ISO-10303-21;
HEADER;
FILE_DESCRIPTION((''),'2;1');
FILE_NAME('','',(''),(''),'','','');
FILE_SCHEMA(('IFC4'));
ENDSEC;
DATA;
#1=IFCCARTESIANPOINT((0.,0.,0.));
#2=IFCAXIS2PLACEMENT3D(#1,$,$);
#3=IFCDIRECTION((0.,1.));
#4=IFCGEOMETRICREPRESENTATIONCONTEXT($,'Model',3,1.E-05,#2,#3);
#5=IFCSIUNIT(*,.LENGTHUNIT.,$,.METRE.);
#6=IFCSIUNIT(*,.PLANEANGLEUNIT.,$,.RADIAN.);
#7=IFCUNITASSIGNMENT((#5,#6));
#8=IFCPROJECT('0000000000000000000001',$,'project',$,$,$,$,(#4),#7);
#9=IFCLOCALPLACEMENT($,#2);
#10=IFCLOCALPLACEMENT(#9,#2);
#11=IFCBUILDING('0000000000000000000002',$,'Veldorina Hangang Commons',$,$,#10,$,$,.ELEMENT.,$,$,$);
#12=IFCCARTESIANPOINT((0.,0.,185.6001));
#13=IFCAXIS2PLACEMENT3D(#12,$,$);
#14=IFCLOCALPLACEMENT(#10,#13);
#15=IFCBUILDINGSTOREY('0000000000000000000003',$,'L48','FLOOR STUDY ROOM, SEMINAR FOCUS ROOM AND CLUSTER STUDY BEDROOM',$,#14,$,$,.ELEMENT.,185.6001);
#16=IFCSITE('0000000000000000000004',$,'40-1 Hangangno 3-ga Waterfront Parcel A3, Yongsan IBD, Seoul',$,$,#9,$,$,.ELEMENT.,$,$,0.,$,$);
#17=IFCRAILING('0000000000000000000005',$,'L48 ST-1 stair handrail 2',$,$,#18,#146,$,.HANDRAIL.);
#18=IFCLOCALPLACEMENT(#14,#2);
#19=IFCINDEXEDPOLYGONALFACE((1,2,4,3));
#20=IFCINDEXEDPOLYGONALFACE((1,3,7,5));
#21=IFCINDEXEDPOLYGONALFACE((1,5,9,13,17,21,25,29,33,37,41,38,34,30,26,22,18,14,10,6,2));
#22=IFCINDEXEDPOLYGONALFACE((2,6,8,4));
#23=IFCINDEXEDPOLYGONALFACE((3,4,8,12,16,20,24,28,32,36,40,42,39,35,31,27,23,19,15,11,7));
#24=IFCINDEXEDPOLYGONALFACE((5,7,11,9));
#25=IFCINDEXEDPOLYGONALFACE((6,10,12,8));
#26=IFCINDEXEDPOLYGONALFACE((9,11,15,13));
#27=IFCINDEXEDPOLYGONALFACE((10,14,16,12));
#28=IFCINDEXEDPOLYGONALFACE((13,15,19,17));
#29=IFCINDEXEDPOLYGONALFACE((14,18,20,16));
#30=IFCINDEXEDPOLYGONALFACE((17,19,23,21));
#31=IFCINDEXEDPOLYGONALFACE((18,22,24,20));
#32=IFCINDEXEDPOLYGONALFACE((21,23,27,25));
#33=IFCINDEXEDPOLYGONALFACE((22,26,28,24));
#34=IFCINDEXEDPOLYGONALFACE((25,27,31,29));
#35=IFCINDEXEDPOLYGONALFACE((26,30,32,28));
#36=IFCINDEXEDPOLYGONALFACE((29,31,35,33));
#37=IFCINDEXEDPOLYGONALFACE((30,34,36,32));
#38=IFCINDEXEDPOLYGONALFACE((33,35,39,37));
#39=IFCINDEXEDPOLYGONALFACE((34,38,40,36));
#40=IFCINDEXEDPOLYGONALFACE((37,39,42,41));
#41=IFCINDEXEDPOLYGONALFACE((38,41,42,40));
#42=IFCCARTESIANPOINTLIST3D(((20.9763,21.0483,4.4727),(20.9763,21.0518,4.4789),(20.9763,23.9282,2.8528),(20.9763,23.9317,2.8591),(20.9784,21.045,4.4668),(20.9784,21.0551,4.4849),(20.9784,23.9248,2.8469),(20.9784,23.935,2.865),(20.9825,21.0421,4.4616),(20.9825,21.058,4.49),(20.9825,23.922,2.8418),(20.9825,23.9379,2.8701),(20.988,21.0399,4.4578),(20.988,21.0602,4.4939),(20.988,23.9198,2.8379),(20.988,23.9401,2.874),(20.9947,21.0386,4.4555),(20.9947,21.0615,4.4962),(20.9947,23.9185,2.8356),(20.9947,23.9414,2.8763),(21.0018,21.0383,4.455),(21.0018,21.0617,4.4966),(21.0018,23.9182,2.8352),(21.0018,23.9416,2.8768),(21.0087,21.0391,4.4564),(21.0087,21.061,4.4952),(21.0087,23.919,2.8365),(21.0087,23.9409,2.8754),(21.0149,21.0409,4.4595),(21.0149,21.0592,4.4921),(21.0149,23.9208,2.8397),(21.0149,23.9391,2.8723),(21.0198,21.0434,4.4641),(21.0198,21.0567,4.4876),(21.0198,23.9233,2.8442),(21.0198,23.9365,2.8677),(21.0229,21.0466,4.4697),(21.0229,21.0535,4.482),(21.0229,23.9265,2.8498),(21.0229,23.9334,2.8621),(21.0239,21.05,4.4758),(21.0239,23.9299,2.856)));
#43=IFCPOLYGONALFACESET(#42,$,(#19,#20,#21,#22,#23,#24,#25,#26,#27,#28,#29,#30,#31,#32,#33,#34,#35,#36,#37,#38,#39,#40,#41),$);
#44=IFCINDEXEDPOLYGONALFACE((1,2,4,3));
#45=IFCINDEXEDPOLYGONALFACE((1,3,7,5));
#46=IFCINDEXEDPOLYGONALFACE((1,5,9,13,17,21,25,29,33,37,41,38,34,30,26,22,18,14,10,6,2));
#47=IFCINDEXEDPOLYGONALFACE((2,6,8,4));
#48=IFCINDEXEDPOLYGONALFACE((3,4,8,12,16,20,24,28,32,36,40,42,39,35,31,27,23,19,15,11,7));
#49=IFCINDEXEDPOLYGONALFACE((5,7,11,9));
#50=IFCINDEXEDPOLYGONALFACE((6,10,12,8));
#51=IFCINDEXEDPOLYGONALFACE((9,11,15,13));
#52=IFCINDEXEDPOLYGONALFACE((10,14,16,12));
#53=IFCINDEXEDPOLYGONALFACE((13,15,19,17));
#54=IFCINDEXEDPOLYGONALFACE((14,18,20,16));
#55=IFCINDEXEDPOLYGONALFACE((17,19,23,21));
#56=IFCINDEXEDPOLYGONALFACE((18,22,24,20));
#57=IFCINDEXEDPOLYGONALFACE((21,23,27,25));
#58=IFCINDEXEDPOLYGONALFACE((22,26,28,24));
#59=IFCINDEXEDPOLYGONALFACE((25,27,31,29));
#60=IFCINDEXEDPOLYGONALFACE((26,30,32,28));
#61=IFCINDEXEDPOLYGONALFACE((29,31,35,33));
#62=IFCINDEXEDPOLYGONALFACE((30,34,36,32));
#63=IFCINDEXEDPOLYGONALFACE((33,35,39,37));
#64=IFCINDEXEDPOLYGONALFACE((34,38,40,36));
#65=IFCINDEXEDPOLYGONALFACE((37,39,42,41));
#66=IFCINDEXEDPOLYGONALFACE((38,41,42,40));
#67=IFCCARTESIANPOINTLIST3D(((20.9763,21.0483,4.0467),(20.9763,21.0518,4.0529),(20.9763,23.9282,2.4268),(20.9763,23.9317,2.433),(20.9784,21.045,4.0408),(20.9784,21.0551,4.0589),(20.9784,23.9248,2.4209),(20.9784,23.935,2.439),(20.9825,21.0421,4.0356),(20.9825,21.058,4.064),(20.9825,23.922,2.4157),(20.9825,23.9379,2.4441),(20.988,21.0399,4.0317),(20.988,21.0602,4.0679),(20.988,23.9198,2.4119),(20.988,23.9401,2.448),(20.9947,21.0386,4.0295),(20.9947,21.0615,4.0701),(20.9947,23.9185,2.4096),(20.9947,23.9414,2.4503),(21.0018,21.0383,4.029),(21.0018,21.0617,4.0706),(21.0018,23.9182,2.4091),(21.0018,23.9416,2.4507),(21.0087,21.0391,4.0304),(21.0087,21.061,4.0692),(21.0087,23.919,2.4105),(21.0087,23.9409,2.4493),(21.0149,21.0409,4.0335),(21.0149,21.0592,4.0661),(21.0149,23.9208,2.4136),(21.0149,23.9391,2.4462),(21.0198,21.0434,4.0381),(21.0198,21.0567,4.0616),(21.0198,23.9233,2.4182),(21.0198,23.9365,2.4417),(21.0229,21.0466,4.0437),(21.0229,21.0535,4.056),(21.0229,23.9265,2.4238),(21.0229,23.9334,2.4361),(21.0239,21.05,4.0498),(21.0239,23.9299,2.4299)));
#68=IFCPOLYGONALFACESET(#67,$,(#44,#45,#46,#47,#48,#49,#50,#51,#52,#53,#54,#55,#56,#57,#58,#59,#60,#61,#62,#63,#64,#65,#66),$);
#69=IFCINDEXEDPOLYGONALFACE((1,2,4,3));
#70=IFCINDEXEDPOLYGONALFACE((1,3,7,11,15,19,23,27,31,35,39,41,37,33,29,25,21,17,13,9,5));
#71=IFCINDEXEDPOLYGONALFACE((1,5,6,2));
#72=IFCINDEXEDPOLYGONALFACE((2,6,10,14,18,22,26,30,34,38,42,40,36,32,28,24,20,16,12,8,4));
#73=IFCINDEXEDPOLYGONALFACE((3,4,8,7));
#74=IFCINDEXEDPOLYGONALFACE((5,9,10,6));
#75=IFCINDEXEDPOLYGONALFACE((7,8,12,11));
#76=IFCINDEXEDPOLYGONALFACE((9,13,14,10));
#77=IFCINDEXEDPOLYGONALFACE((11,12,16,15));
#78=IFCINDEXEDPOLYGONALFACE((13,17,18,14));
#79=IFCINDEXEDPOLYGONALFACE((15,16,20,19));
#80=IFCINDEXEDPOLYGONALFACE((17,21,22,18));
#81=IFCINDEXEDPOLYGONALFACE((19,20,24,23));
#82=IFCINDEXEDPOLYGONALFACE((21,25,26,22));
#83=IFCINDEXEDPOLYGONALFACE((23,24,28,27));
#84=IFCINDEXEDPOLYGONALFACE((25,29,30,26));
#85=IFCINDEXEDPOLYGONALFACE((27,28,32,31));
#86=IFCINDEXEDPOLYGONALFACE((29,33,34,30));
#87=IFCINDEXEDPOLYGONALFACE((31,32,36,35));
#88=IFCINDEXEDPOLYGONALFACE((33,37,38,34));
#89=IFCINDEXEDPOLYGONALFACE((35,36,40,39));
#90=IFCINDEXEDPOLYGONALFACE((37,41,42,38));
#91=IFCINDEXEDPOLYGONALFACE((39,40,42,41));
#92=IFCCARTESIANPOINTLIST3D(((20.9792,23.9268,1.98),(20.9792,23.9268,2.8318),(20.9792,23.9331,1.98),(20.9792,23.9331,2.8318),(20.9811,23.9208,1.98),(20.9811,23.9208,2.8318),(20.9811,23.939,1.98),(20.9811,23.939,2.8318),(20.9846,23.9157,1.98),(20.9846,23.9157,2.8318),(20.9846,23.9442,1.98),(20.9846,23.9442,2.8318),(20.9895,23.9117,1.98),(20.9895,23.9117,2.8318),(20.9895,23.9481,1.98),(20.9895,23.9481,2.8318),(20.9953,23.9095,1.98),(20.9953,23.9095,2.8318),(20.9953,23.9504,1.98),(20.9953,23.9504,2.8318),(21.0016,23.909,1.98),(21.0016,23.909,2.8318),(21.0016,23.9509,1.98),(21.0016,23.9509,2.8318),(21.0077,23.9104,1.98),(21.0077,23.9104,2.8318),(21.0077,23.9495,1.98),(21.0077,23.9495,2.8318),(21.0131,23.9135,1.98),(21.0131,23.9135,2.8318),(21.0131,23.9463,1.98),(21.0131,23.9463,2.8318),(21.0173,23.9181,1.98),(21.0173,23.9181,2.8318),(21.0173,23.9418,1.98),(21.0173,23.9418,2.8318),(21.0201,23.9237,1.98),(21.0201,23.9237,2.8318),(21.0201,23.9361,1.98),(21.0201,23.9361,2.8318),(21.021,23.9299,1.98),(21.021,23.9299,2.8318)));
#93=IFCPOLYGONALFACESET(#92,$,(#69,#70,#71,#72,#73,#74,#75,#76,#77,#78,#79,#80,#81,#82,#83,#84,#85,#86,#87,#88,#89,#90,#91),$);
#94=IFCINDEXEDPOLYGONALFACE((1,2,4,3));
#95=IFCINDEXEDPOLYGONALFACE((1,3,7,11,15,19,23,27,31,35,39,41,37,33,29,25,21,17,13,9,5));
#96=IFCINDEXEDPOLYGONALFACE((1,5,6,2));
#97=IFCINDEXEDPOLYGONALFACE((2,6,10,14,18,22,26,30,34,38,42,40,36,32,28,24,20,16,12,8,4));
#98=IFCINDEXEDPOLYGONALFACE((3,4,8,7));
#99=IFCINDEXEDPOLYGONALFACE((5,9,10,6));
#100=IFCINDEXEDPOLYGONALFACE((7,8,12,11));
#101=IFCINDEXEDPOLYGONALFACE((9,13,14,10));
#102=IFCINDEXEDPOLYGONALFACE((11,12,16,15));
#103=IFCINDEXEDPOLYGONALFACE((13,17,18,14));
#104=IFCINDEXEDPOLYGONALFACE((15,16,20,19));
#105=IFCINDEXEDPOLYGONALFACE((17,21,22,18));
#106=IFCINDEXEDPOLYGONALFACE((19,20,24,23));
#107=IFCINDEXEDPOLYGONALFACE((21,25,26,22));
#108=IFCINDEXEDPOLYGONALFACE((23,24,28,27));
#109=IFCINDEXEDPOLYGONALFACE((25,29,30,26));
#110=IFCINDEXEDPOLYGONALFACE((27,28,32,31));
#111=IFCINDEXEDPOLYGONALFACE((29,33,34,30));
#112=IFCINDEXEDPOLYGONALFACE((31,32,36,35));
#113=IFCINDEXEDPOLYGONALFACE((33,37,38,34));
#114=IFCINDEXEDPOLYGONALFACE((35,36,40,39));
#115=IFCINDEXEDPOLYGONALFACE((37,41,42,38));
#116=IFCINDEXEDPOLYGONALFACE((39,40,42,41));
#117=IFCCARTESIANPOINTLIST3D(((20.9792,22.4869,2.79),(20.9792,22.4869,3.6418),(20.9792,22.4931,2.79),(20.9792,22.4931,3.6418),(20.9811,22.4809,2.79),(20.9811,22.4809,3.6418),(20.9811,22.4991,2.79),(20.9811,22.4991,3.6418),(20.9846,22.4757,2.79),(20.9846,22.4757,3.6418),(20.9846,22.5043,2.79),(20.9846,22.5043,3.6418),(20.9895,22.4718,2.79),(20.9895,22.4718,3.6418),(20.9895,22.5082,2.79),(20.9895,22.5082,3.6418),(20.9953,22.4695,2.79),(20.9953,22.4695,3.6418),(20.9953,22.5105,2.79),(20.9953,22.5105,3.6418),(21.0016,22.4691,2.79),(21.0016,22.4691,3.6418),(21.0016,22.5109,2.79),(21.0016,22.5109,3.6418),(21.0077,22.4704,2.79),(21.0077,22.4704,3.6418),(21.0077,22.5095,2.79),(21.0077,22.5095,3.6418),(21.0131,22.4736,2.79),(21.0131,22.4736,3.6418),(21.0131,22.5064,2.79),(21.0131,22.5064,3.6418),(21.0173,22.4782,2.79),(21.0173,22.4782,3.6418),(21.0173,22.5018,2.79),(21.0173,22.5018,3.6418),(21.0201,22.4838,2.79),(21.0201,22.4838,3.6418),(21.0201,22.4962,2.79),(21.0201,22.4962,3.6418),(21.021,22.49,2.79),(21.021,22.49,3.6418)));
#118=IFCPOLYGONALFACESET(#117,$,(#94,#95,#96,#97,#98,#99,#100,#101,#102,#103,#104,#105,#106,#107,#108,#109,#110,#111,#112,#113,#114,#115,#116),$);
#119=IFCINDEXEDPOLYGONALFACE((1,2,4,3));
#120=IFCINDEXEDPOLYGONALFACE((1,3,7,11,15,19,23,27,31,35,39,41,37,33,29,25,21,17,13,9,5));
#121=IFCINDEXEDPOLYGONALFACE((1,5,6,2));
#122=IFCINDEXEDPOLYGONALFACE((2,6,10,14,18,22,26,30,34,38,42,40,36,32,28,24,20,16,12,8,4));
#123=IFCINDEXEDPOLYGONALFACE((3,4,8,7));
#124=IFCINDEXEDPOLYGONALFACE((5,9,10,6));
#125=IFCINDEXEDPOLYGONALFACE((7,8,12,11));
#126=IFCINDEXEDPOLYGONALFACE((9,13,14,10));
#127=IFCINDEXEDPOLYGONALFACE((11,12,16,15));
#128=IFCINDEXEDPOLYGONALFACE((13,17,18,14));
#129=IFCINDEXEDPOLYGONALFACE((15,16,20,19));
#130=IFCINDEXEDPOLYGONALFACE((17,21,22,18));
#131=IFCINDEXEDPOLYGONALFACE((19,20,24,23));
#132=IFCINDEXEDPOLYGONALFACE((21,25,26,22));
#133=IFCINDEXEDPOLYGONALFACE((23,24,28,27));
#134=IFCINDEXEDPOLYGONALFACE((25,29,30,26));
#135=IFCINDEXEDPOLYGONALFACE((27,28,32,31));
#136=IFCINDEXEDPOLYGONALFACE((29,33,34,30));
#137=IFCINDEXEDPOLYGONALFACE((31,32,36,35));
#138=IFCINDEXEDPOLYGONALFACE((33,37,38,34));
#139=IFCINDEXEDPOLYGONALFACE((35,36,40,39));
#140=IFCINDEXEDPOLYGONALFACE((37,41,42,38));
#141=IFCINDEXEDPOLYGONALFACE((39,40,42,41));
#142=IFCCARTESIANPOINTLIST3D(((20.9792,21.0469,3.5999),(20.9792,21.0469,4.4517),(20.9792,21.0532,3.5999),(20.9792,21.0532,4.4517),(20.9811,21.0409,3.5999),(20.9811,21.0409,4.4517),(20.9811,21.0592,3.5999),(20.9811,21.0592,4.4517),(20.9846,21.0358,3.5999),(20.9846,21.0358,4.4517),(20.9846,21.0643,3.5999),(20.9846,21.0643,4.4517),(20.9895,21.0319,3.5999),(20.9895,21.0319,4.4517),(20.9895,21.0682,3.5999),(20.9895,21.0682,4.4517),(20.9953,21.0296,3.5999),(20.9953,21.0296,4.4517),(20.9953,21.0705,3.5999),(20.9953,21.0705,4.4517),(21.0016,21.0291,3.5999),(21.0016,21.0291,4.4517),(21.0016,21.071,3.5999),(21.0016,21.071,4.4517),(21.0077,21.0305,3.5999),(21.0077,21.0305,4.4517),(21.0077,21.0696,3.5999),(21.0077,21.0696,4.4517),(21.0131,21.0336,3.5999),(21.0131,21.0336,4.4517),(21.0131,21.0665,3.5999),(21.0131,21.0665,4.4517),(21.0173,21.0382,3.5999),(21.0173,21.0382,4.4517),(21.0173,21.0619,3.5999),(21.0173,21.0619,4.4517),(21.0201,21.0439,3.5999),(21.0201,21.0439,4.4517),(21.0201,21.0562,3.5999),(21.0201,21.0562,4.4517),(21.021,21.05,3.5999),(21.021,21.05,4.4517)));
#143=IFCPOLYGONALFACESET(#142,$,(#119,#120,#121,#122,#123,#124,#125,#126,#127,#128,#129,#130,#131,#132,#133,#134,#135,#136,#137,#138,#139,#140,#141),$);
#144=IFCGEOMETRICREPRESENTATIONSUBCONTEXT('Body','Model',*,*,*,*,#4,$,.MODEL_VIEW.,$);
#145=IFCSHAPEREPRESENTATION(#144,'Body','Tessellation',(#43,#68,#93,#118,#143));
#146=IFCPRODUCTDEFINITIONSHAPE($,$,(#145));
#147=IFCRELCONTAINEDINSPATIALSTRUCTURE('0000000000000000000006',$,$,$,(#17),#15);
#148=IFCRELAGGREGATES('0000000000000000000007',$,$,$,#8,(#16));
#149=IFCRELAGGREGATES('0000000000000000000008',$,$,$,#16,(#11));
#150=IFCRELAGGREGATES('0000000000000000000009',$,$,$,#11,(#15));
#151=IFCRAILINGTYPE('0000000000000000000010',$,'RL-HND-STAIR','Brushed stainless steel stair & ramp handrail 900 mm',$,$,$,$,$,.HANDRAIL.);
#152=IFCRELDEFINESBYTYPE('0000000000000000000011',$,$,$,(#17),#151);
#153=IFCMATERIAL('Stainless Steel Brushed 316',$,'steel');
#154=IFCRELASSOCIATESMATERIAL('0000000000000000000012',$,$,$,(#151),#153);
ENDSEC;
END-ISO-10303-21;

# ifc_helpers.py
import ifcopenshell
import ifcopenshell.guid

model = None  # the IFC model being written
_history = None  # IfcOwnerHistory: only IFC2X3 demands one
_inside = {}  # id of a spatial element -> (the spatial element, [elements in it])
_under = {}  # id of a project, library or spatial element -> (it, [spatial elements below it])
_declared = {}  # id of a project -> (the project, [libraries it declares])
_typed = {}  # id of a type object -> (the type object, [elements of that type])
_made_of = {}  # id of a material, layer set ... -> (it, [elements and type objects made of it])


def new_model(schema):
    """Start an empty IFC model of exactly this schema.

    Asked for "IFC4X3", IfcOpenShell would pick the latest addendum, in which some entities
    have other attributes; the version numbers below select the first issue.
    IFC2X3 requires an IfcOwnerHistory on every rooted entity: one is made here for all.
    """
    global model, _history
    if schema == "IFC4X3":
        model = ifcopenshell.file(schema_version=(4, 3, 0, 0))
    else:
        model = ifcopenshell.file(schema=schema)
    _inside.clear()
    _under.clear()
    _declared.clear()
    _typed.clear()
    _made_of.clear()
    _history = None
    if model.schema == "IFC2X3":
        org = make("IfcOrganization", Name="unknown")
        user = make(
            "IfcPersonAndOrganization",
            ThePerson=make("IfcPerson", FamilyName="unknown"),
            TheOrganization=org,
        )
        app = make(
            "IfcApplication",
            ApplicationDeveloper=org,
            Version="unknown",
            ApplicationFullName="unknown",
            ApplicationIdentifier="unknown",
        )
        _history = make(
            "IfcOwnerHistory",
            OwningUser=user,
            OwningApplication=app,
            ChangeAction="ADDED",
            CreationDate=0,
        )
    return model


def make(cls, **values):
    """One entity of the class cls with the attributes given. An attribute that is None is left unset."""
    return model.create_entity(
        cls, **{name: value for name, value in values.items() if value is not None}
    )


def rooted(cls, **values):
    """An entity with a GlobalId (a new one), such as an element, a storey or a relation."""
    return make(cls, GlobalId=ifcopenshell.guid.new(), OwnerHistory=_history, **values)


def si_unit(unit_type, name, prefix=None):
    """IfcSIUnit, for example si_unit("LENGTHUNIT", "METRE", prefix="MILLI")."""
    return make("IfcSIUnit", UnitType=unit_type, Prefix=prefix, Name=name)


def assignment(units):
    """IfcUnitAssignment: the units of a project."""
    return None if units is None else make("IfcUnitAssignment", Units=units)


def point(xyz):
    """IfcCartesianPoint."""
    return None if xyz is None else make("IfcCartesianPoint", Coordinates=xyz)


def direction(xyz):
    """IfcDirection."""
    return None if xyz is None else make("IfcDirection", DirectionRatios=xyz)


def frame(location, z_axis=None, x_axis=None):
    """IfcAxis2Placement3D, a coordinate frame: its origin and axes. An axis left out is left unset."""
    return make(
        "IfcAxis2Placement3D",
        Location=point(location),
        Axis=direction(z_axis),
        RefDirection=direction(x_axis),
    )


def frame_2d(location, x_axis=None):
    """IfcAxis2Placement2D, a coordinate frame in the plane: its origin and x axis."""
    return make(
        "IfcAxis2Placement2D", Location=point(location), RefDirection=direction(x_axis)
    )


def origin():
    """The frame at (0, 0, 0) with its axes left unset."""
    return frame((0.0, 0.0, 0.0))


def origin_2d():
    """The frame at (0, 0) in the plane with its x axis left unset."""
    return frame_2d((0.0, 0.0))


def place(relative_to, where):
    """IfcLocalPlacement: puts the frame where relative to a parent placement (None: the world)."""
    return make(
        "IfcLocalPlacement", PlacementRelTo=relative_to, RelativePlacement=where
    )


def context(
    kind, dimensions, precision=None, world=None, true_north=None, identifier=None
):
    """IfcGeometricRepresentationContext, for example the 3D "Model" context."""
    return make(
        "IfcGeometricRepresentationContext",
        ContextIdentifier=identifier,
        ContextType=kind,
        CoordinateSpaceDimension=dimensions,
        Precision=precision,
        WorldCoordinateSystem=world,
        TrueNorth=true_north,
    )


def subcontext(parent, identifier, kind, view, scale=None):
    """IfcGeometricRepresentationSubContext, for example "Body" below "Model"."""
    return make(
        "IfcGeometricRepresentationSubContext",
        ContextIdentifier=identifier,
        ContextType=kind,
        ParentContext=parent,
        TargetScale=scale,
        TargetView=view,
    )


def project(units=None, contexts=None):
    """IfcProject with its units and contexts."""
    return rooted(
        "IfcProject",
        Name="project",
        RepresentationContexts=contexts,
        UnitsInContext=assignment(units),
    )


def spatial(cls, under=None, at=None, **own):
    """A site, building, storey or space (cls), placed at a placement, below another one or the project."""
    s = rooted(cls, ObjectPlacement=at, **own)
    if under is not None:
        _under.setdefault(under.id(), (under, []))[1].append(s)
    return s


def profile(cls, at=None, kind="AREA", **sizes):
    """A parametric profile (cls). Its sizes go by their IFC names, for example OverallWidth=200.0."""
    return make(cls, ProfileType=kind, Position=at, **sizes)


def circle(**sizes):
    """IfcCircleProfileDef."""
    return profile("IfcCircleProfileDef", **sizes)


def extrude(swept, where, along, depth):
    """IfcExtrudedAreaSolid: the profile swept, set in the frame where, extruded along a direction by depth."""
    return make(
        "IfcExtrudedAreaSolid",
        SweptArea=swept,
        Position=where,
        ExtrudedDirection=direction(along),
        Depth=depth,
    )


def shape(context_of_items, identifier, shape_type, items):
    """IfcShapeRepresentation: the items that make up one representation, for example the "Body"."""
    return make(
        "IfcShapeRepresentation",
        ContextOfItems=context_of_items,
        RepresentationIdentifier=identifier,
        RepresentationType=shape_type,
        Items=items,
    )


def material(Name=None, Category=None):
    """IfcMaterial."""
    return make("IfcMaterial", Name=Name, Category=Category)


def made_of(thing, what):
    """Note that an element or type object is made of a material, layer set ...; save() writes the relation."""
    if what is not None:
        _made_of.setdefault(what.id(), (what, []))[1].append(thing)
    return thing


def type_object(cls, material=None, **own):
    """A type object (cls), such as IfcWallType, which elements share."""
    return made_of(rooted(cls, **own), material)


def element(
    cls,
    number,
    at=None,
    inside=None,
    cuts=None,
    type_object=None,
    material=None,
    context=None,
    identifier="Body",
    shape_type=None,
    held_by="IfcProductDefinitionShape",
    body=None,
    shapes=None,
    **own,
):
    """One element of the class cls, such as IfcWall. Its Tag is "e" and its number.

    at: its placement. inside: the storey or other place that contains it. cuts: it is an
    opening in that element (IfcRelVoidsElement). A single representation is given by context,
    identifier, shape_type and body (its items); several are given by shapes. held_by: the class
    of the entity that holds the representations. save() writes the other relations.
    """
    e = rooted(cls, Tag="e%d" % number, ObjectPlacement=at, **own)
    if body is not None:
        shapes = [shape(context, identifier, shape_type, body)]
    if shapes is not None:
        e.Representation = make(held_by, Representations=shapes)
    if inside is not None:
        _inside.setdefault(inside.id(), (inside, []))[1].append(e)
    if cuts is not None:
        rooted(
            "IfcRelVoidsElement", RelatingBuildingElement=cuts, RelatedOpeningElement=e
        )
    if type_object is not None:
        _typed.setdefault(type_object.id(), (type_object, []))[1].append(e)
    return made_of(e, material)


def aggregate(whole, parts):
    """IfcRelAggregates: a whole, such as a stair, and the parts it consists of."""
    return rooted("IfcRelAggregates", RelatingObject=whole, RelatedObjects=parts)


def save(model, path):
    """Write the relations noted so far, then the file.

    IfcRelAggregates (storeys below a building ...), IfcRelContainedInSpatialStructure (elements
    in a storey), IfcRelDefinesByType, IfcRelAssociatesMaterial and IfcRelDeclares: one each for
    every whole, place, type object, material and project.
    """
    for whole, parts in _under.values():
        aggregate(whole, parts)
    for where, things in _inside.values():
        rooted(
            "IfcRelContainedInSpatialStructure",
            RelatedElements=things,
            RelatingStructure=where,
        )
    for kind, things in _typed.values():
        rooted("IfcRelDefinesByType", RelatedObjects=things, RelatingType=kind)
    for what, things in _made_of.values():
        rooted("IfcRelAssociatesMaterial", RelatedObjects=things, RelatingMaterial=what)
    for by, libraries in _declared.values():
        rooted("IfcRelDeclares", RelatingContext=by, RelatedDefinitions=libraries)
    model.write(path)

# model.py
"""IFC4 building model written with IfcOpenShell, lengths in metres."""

from ifc_helpers import new_model, si_unit, direction, frame, origin, origin_2d, place, context, subcontext, project, spatial, circle, extrude, material, type_object, element, save


model = new_model("IFC4")

# Units and contexts
model_context = context("Model", 3, precision=1e-05, world=origin(), true_north=direction((0.0, 1.0)))
body_context = subcontext(model_context, "Body", "Model", "MODEL_VIEW")
ifc_project = project(units=[si_unit("LENGTHUNIT", "METRE"), si_unit("PLANEANGLEUNIT", "RADIAN")], contexts=[model_context])

# Site, building, storey
site_placement = place(None, origin())
site = spatial("IfcSite", under=ifc_project, at=site_placement, Name="40-1 Hangangno 3-ga Waterfront Parcel A3, Yongsan IBD, Seoul", CompositionType="ELEMENT", RefElevation=0.0)
building_placement = place(site_placement, origin())
building = spatial("IfcBuilding", under=site, at=building_placement, Name="Veldorina Hangang Commons", CompositionType="ELEMENT")
storey_placement = place(building_placement, frame((0.0, 0.0, 185.6001)))
storey = spatial("IfcBuildingStorey", under=building, at=storey_placement, Name="L48", Description="FLOOR STUDY ROOM, SEMINAR FOCUS ROOM AND CLUSTER STUDY BEDROOM", CompositionType="ELEMENT", Elevation=185.6001)

# Railing
ifc_material_1 = material(Name="Stainless Steel Brushed 316", Category="steel")
railing_type = type_object("IfcRailingType", Name="RL-HND-STAIR", Description="Brushed stainless steel stair & ramp handrail 900 mm", PredefinedType="HANDRAIL", material=ifc_material_1)
railing_placement = place(storey_placement, frame((21.0, 23.9299, 1.98)))
element("IfcRailing", 1, at=railing_placement, inside=storey, type_object=railing_type, Name="L48 ST-1 stair handrail 2", PredefinedType="HANDRAIL", context=body_context, shape_type="SweptSolid", body=[
    extrude(circle(Radius=0.0239, at=origin_2d()), frame((0.0, 0.0, 0.876), z_axis=(0.0, -0.871583, 0.490247), x_axis=(1.0, 0.0, 0.0)), (0.0, 0.0, 1.0), 3.3042),
    extrude(circle(Radius=0.0239, at=origin_2d()), frame((0.0, 0.0, 0.45), z_axis=(0.0, -0.871583, 0.490247), x_axis=(1.0, 0.0, 0.0)), (0.0, 0.0, 1.0), 3.3042),
    extrude(circle(Radius=0.021, at=origin_2d()), origin(), (0.0, 0.0, 1.0), 0.8518),
    extrude(circle(Radius=0.021, at=origin_2d()), frame((0.0, -1.4399, 0.8101)), (0.0, 0.0, 1.0), 0.8518),
    extrude(circle(Radius=0.021, at=origin_2d()), frame((0.0, -2.8799, 1.6199)), (0.0, 0.0, 1.0), 0.8518),
])

save(model, "model.ifc")
